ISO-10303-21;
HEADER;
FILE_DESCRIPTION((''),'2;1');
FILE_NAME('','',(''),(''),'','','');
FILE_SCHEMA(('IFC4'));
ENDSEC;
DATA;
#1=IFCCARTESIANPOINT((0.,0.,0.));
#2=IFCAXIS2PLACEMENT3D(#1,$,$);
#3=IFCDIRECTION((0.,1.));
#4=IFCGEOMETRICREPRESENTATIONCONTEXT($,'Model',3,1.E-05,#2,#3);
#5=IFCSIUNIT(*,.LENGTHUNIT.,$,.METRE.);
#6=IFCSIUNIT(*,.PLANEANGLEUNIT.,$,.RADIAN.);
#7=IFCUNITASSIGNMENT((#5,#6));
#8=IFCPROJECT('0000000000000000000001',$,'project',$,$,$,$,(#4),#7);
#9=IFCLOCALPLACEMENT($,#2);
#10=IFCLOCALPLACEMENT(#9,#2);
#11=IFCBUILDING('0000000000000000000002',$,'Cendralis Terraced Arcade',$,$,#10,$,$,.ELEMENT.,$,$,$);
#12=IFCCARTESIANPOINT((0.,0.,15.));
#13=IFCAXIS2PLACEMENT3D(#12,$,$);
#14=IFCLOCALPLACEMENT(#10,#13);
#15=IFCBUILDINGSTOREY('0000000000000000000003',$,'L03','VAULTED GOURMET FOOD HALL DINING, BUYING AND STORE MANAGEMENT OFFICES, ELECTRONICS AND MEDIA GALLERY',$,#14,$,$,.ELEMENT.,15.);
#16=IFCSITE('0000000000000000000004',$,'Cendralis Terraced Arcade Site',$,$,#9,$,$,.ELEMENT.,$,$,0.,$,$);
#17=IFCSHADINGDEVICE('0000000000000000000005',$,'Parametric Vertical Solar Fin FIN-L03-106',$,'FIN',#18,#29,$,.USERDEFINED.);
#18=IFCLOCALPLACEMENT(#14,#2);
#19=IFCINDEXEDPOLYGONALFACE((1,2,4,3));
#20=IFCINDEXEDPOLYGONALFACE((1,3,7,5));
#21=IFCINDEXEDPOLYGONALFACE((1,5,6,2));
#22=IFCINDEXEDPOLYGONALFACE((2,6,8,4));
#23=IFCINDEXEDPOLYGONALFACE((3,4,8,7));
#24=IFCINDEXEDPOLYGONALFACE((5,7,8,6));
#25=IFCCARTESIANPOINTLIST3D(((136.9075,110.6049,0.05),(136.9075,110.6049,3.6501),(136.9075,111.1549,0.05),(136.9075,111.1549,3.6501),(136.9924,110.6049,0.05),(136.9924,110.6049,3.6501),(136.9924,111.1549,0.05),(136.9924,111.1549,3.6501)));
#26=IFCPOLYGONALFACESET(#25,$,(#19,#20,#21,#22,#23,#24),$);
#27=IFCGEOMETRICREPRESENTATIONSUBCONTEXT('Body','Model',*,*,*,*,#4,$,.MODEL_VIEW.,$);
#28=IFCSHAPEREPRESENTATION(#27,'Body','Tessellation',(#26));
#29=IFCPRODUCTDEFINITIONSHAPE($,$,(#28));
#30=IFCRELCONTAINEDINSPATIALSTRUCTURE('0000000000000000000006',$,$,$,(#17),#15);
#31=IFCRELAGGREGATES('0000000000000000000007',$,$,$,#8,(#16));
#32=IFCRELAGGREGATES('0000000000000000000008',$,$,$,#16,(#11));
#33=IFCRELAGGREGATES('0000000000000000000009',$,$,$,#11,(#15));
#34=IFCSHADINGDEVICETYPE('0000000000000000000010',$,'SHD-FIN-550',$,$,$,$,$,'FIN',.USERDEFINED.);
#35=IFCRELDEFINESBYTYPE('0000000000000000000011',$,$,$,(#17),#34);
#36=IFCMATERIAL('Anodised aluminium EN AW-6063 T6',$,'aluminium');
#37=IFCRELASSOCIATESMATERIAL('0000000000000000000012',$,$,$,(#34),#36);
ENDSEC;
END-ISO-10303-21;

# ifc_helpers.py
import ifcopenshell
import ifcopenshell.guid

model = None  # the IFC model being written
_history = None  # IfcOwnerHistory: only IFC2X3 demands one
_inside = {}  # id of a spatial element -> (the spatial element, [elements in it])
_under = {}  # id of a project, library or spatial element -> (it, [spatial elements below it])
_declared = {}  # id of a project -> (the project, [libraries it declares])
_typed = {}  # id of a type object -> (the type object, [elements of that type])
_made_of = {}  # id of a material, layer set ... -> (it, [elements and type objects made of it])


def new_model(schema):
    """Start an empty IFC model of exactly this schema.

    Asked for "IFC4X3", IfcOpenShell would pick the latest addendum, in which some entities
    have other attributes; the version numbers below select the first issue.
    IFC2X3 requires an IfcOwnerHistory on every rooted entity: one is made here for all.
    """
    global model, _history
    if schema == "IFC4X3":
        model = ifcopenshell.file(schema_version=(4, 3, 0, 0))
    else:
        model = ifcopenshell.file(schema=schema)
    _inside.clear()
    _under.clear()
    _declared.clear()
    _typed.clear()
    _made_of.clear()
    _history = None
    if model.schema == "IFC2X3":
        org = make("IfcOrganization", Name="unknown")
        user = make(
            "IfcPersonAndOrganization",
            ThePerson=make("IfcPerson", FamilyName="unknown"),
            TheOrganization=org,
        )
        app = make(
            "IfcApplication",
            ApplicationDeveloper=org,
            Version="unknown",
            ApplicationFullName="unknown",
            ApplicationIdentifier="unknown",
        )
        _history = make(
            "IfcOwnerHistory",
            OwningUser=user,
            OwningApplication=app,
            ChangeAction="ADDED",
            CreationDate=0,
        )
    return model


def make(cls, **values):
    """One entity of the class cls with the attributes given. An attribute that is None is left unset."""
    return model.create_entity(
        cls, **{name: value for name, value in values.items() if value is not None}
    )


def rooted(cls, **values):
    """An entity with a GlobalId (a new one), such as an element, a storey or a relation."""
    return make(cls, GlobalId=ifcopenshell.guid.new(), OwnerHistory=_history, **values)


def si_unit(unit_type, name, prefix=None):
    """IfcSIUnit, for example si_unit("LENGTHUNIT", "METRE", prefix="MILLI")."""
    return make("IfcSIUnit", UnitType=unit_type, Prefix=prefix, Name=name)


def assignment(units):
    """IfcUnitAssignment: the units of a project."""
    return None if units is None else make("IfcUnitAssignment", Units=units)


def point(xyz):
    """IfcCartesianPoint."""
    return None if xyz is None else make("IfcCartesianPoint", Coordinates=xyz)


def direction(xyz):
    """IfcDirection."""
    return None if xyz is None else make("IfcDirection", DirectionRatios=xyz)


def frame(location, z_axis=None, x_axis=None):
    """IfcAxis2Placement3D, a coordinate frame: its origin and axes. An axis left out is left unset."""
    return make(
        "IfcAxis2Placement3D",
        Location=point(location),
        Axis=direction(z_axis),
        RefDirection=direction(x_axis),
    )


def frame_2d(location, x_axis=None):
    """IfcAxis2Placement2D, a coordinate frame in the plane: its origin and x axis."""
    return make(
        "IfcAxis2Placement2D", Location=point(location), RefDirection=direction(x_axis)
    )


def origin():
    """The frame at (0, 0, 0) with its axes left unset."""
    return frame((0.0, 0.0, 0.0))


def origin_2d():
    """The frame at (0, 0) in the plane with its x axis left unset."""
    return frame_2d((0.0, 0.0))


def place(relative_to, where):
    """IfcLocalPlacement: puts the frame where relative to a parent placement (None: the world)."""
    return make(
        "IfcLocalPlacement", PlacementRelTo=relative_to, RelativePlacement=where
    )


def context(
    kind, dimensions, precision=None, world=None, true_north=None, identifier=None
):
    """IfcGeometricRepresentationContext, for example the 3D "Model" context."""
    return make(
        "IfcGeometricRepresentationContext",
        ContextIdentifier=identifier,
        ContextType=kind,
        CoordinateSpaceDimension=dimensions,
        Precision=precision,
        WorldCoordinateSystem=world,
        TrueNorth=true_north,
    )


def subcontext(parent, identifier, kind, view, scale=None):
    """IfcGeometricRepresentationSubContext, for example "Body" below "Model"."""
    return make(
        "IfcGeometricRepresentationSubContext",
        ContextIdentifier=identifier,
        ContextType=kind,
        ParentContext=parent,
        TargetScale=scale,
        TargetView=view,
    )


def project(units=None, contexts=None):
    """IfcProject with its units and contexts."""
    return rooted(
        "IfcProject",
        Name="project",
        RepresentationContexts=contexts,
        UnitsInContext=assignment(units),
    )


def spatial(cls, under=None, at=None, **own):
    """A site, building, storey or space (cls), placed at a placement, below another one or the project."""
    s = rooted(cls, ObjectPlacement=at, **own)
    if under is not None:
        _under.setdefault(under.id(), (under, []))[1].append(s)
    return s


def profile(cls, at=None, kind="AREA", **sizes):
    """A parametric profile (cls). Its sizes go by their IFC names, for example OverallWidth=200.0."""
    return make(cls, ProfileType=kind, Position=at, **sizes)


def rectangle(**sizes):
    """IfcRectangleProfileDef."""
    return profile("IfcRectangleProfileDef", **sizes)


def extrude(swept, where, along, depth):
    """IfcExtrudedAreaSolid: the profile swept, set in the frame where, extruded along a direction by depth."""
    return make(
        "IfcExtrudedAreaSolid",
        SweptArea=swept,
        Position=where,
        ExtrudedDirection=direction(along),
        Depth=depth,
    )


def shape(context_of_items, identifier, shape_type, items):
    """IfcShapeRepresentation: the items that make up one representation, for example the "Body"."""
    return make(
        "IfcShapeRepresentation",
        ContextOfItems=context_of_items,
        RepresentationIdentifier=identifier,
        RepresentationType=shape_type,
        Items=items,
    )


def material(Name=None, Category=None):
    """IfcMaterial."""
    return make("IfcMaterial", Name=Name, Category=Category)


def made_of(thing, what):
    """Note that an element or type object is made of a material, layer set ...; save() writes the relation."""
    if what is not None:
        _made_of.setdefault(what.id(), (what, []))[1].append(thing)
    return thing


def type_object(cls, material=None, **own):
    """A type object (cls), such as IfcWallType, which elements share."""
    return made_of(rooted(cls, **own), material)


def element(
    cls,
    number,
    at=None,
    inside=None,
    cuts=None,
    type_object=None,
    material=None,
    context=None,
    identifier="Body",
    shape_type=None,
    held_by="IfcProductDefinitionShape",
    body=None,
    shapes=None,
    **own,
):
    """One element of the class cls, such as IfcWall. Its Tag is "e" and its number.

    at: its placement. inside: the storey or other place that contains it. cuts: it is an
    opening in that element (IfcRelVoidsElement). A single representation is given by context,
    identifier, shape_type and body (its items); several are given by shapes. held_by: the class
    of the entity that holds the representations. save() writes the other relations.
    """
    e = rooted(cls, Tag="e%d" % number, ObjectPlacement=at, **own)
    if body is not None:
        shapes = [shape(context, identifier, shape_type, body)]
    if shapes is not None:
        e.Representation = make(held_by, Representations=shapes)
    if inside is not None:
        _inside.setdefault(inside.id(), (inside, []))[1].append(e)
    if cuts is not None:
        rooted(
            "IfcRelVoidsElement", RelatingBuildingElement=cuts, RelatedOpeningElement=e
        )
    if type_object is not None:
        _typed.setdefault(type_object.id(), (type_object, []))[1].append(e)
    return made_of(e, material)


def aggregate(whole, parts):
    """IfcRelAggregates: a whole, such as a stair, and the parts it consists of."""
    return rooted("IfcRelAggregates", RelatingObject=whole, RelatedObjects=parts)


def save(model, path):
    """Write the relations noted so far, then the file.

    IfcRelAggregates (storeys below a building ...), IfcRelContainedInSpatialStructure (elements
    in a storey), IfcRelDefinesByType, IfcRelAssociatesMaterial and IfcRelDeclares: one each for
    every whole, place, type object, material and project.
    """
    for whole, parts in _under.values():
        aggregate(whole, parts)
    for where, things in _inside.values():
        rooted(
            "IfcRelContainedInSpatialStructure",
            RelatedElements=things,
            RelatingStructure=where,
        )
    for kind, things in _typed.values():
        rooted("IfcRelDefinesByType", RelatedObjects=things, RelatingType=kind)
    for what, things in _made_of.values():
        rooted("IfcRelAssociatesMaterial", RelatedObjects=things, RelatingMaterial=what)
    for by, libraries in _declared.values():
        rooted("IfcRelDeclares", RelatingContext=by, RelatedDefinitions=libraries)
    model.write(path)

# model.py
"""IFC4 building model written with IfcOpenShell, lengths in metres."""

from ifc_helpers import new_model, si_unit, direction, frame, origin, origin_2d, place, context, subcontext, project, spatial, rectangle, extrude, material, type_object, element, save


model = new_model("IFC4")

# Units and contexts
model_context = context("Model", 3, precision=1e-05, world=origin(), true_north=direction((0.0, 1.0)))
body_context = subcontext(model_context, "Body", "Model", "MODEL_VIEW")
ifc_project = project(units=[si_unit("LENGTHUNIT", "METRE"), si_unit("PLANEANGLEUNIT", "RADIAN")], contexts=[model_context])

# Site, building, storey
site_placement = place(None, origin())
site = spatial("IfcSite", under=ifc_project, at=site_placement, Name="Cendralis Terraced Arcade Site", CompositionType="ELEMENT", RefElevation=0.0)
building_placement = place(site_placement, origin())
building = spatial("IfcBuilding", under=site, at=building_placement, Name="Cendralis Terraced Arcade", CompositionType="ELEMENT")
storey_placement = place(building_placement, frame((0.0, 0.0, 15.0)))
storey = spatial("IfcBuildingStorey", under=building, at=storey_placement, Name="L03", Description="VAULTED GOURMET FOOD HALL DINING, BUYING AND STORE MANAGEMENT OFFICES, ELECTRONICS AND MEDIA GALLERY", CompositionType="ELEMENT", Elevation=15.0)

# Shared definitions
ifc_material_1 = material(Name="Anodised aluminium EN AW-6063 T6", Category="aluminium")

# Shading device
shading_device_type = type_object("IfcShadingDeviceType", Name="SHD-FIN-550", ElementType="FIN", PredefinedType="USERDEFINED", material=ifc_material_1)
shading_device_placement = place(storey_placement, frame((136.95, 110.8799, 0.05), z_axis=(0.0, 0.0, 1.0), x_axis=(1.0, 0.0, 0.0)))
element("IfcShadingDevice", 1, at=shading_device_placement, inside=storey, type_object=shading_device_type, Name="Parametric Vertical Solar Fin FIN-L03-106", ObjectType="FIN", PredefinedType="USERDEFINED", context=body_context, shape_type="SweptSolid", body=[
    extrude(rectangle(XDim=0.085, YDim=0.55, at=origin_2d()), origin(), (0.0, 0.0, 1.0), 3.6001),
])

save(model, "model.ifc")
